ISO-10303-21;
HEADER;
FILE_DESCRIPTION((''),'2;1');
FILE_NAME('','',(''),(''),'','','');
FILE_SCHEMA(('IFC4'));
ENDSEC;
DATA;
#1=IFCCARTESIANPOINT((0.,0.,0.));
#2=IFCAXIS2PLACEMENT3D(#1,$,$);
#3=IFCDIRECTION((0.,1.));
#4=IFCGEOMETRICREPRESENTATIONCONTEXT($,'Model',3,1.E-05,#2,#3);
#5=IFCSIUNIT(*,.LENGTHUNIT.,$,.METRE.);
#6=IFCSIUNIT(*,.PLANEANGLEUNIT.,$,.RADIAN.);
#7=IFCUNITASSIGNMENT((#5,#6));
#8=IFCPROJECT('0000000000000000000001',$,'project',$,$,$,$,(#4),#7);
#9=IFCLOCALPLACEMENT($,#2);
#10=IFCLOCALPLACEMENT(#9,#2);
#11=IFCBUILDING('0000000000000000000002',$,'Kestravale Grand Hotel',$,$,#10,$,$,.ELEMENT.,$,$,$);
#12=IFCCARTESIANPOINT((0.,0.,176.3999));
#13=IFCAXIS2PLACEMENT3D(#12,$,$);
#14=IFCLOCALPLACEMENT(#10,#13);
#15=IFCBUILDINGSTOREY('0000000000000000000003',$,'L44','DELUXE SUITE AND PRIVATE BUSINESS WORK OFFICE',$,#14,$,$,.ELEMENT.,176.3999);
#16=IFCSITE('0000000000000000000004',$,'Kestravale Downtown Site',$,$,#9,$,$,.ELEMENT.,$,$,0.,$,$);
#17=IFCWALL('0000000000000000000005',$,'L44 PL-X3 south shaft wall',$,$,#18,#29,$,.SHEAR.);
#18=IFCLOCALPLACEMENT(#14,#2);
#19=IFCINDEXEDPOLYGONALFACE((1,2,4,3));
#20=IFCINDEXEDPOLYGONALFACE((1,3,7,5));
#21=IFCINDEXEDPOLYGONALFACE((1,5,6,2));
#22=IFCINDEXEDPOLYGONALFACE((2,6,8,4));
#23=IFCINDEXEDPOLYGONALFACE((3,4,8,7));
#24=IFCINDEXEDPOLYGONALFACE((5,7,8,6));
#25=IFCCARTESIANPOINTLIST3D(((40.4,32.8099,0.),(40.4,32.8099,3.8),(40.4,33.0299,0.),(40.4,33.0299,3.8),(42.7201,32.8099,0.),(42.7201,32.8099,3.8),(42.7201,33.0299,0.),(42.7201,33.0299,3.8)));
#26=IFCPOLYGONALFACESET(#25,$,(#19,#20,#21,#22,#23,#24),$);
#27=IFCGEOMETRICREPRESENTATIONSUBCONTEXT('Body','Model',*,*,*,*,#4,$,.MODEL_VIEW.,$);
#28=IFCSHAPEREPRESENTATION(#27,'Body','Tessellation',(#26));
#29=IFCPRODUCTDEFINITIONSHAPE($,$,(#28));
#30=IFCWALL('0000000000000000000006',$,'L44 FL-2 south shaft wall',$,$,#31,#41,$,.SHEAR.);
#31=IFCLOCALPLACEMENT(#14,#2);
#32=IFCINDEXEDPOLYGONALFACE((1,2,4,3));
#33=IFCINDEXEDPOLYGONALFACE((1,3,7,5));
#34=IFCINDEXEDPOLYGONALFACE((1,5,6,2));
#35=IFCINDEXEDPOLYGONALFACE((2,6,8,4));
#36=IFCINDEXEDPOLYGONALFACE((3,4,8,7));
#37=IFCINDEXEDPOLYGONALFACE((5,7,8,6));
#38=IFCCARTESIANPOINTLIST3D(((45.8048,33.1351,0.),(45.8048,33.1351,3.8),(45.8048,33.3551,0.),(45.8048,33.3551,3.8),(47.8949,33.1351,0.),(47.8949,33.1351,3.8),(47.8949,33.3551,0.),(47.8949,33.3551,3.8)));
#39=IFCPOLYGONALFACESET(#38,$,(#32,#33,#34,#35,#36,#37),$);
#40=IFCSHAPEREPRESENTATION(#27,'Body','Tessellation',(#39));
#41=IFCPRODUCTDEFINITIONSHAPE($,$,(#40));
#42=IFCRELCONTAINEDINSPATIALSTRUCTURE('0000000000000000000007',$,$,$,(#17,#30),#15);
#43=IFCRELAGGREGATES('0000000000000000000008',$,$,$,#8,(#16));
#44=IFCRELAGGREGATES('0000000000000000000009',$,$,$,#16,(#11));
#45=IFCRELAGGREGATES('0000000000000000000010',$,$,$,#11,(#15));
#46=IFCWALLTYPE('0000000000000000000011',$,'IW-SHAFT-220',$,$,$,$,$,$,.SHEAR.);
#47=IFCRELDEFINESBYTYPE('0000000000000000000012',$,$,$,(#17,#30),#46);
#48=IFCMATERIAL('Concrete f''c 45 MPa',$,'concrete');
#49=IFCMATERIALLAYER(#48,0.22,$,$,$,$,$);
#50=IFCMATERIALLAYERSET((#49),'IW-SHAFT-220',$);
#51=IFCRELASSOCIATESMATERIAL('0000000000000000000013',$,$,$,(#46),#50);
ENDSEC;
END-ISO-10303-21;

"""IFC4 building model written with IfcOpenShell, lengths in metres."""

from ifc_helpers import new_model, si_unit, direction, frame, frame_2d, origin, place, context, subcontext, project, spatial, rectangle, extrude, material, layer, layer_set, type_object, element, save


model = new_model("IFC4")

# Units and contexts
model_context = context("Model", 3, precision=1e-05, world=origin(), true_north=direction((0.0, 1.0)))
body_context = subcontext(model_context, "Body", "Model", "MODEL_VIEW")
ifc_project = project(units=[si_unit("LENGTHUNIT", "METRE"), si_unit("PLANEANGLEUNIT", "RADIAN")], contexts=[model_context])

# Site, building, storey
site_placement = place(None, origin())
site = spatial("IfcSite", under=ifc_project, at=site_placement, Name="Kestravale Downtown Site", CompositionType="ELEMENT", RefElevation=0.0)
building_placement = place(site_placement, origin())
building = spatial("IfcBuilding", under=site, at=building_placement, Name="Kestravale Grand Hotel", CompositionType="ELEMENT")
storey_placement = place(building_placement, frame((0.0, 0.0, 176.3999)))
storey = spatial("IfcBuildingStorey", under=building, at=storey_placement, Name="L44", Description="DELUXE SUITE AND PRIVATE BUSINESS WORK OFFICE", CompositionType="ELEMENT", Elevation=176.3999)

# Shared definitions
ifc_material_1 = material(Name="Concrete f'c 45 MPa", Category="concrete")
ifc_layer_1 = layer(ifc_material_1, 0.22)
ifc_layer_set_1 = layer_set([ifc_layer_1], Name="IW-SHAFT-220")
wall_type_1 = type_object("IfcWallType", Name="IW-SHAFT-220", PredefinedType="SHEAR", material=ifc_layer_set_1)

# Wall
for number, where, z_axis, x_axis, name in (
    (1, (40.3999, 32.9199, 0.0), (0.0, 0.0, 1.0), (1.0, 0.0, 0.0), "L44 PL-X3 south shaft wall"),
):
    element("IfcWall", number, at=place(storey_placement, frame(where, z_axis=z_axis, x_axis=x_axis)), inside=storey, type_object=wall_type_1, Name=name, PredefinedType="SHEAR", context=body_context, shape_type="SweptSolid", body=[
        extrude(rectangle(XDim=2.3201, YDim=0.22, at=frame_2d((1.1602, 0.0))), origin(), (0.0, 0.0, 1.0), 3.8),
    ])

# Wall
wall_1_placement = place(storey_placement, frame((45.8049, 33.2451, 0.0), z_axis=(0.0, 0.0, 1.0), x_axis=(1.0, 0.0, 0.0)))
element("IfcWall", 2, at=wall_1_placement, inside=storey, type_object=wall_type_1, Name="L44 FL-2 south shaft wall", PredefinedType="SHEAR", context=body_context, shape_type="SweptSolid", body=[
    extrude(rectangle(XDim=2.0901, YDim=0.22, at=frame_2d((1.0449, 0.0))), origin(), (0.0, 0.0, 1.0), 3.8),
])

save(model, "model.ifc")
